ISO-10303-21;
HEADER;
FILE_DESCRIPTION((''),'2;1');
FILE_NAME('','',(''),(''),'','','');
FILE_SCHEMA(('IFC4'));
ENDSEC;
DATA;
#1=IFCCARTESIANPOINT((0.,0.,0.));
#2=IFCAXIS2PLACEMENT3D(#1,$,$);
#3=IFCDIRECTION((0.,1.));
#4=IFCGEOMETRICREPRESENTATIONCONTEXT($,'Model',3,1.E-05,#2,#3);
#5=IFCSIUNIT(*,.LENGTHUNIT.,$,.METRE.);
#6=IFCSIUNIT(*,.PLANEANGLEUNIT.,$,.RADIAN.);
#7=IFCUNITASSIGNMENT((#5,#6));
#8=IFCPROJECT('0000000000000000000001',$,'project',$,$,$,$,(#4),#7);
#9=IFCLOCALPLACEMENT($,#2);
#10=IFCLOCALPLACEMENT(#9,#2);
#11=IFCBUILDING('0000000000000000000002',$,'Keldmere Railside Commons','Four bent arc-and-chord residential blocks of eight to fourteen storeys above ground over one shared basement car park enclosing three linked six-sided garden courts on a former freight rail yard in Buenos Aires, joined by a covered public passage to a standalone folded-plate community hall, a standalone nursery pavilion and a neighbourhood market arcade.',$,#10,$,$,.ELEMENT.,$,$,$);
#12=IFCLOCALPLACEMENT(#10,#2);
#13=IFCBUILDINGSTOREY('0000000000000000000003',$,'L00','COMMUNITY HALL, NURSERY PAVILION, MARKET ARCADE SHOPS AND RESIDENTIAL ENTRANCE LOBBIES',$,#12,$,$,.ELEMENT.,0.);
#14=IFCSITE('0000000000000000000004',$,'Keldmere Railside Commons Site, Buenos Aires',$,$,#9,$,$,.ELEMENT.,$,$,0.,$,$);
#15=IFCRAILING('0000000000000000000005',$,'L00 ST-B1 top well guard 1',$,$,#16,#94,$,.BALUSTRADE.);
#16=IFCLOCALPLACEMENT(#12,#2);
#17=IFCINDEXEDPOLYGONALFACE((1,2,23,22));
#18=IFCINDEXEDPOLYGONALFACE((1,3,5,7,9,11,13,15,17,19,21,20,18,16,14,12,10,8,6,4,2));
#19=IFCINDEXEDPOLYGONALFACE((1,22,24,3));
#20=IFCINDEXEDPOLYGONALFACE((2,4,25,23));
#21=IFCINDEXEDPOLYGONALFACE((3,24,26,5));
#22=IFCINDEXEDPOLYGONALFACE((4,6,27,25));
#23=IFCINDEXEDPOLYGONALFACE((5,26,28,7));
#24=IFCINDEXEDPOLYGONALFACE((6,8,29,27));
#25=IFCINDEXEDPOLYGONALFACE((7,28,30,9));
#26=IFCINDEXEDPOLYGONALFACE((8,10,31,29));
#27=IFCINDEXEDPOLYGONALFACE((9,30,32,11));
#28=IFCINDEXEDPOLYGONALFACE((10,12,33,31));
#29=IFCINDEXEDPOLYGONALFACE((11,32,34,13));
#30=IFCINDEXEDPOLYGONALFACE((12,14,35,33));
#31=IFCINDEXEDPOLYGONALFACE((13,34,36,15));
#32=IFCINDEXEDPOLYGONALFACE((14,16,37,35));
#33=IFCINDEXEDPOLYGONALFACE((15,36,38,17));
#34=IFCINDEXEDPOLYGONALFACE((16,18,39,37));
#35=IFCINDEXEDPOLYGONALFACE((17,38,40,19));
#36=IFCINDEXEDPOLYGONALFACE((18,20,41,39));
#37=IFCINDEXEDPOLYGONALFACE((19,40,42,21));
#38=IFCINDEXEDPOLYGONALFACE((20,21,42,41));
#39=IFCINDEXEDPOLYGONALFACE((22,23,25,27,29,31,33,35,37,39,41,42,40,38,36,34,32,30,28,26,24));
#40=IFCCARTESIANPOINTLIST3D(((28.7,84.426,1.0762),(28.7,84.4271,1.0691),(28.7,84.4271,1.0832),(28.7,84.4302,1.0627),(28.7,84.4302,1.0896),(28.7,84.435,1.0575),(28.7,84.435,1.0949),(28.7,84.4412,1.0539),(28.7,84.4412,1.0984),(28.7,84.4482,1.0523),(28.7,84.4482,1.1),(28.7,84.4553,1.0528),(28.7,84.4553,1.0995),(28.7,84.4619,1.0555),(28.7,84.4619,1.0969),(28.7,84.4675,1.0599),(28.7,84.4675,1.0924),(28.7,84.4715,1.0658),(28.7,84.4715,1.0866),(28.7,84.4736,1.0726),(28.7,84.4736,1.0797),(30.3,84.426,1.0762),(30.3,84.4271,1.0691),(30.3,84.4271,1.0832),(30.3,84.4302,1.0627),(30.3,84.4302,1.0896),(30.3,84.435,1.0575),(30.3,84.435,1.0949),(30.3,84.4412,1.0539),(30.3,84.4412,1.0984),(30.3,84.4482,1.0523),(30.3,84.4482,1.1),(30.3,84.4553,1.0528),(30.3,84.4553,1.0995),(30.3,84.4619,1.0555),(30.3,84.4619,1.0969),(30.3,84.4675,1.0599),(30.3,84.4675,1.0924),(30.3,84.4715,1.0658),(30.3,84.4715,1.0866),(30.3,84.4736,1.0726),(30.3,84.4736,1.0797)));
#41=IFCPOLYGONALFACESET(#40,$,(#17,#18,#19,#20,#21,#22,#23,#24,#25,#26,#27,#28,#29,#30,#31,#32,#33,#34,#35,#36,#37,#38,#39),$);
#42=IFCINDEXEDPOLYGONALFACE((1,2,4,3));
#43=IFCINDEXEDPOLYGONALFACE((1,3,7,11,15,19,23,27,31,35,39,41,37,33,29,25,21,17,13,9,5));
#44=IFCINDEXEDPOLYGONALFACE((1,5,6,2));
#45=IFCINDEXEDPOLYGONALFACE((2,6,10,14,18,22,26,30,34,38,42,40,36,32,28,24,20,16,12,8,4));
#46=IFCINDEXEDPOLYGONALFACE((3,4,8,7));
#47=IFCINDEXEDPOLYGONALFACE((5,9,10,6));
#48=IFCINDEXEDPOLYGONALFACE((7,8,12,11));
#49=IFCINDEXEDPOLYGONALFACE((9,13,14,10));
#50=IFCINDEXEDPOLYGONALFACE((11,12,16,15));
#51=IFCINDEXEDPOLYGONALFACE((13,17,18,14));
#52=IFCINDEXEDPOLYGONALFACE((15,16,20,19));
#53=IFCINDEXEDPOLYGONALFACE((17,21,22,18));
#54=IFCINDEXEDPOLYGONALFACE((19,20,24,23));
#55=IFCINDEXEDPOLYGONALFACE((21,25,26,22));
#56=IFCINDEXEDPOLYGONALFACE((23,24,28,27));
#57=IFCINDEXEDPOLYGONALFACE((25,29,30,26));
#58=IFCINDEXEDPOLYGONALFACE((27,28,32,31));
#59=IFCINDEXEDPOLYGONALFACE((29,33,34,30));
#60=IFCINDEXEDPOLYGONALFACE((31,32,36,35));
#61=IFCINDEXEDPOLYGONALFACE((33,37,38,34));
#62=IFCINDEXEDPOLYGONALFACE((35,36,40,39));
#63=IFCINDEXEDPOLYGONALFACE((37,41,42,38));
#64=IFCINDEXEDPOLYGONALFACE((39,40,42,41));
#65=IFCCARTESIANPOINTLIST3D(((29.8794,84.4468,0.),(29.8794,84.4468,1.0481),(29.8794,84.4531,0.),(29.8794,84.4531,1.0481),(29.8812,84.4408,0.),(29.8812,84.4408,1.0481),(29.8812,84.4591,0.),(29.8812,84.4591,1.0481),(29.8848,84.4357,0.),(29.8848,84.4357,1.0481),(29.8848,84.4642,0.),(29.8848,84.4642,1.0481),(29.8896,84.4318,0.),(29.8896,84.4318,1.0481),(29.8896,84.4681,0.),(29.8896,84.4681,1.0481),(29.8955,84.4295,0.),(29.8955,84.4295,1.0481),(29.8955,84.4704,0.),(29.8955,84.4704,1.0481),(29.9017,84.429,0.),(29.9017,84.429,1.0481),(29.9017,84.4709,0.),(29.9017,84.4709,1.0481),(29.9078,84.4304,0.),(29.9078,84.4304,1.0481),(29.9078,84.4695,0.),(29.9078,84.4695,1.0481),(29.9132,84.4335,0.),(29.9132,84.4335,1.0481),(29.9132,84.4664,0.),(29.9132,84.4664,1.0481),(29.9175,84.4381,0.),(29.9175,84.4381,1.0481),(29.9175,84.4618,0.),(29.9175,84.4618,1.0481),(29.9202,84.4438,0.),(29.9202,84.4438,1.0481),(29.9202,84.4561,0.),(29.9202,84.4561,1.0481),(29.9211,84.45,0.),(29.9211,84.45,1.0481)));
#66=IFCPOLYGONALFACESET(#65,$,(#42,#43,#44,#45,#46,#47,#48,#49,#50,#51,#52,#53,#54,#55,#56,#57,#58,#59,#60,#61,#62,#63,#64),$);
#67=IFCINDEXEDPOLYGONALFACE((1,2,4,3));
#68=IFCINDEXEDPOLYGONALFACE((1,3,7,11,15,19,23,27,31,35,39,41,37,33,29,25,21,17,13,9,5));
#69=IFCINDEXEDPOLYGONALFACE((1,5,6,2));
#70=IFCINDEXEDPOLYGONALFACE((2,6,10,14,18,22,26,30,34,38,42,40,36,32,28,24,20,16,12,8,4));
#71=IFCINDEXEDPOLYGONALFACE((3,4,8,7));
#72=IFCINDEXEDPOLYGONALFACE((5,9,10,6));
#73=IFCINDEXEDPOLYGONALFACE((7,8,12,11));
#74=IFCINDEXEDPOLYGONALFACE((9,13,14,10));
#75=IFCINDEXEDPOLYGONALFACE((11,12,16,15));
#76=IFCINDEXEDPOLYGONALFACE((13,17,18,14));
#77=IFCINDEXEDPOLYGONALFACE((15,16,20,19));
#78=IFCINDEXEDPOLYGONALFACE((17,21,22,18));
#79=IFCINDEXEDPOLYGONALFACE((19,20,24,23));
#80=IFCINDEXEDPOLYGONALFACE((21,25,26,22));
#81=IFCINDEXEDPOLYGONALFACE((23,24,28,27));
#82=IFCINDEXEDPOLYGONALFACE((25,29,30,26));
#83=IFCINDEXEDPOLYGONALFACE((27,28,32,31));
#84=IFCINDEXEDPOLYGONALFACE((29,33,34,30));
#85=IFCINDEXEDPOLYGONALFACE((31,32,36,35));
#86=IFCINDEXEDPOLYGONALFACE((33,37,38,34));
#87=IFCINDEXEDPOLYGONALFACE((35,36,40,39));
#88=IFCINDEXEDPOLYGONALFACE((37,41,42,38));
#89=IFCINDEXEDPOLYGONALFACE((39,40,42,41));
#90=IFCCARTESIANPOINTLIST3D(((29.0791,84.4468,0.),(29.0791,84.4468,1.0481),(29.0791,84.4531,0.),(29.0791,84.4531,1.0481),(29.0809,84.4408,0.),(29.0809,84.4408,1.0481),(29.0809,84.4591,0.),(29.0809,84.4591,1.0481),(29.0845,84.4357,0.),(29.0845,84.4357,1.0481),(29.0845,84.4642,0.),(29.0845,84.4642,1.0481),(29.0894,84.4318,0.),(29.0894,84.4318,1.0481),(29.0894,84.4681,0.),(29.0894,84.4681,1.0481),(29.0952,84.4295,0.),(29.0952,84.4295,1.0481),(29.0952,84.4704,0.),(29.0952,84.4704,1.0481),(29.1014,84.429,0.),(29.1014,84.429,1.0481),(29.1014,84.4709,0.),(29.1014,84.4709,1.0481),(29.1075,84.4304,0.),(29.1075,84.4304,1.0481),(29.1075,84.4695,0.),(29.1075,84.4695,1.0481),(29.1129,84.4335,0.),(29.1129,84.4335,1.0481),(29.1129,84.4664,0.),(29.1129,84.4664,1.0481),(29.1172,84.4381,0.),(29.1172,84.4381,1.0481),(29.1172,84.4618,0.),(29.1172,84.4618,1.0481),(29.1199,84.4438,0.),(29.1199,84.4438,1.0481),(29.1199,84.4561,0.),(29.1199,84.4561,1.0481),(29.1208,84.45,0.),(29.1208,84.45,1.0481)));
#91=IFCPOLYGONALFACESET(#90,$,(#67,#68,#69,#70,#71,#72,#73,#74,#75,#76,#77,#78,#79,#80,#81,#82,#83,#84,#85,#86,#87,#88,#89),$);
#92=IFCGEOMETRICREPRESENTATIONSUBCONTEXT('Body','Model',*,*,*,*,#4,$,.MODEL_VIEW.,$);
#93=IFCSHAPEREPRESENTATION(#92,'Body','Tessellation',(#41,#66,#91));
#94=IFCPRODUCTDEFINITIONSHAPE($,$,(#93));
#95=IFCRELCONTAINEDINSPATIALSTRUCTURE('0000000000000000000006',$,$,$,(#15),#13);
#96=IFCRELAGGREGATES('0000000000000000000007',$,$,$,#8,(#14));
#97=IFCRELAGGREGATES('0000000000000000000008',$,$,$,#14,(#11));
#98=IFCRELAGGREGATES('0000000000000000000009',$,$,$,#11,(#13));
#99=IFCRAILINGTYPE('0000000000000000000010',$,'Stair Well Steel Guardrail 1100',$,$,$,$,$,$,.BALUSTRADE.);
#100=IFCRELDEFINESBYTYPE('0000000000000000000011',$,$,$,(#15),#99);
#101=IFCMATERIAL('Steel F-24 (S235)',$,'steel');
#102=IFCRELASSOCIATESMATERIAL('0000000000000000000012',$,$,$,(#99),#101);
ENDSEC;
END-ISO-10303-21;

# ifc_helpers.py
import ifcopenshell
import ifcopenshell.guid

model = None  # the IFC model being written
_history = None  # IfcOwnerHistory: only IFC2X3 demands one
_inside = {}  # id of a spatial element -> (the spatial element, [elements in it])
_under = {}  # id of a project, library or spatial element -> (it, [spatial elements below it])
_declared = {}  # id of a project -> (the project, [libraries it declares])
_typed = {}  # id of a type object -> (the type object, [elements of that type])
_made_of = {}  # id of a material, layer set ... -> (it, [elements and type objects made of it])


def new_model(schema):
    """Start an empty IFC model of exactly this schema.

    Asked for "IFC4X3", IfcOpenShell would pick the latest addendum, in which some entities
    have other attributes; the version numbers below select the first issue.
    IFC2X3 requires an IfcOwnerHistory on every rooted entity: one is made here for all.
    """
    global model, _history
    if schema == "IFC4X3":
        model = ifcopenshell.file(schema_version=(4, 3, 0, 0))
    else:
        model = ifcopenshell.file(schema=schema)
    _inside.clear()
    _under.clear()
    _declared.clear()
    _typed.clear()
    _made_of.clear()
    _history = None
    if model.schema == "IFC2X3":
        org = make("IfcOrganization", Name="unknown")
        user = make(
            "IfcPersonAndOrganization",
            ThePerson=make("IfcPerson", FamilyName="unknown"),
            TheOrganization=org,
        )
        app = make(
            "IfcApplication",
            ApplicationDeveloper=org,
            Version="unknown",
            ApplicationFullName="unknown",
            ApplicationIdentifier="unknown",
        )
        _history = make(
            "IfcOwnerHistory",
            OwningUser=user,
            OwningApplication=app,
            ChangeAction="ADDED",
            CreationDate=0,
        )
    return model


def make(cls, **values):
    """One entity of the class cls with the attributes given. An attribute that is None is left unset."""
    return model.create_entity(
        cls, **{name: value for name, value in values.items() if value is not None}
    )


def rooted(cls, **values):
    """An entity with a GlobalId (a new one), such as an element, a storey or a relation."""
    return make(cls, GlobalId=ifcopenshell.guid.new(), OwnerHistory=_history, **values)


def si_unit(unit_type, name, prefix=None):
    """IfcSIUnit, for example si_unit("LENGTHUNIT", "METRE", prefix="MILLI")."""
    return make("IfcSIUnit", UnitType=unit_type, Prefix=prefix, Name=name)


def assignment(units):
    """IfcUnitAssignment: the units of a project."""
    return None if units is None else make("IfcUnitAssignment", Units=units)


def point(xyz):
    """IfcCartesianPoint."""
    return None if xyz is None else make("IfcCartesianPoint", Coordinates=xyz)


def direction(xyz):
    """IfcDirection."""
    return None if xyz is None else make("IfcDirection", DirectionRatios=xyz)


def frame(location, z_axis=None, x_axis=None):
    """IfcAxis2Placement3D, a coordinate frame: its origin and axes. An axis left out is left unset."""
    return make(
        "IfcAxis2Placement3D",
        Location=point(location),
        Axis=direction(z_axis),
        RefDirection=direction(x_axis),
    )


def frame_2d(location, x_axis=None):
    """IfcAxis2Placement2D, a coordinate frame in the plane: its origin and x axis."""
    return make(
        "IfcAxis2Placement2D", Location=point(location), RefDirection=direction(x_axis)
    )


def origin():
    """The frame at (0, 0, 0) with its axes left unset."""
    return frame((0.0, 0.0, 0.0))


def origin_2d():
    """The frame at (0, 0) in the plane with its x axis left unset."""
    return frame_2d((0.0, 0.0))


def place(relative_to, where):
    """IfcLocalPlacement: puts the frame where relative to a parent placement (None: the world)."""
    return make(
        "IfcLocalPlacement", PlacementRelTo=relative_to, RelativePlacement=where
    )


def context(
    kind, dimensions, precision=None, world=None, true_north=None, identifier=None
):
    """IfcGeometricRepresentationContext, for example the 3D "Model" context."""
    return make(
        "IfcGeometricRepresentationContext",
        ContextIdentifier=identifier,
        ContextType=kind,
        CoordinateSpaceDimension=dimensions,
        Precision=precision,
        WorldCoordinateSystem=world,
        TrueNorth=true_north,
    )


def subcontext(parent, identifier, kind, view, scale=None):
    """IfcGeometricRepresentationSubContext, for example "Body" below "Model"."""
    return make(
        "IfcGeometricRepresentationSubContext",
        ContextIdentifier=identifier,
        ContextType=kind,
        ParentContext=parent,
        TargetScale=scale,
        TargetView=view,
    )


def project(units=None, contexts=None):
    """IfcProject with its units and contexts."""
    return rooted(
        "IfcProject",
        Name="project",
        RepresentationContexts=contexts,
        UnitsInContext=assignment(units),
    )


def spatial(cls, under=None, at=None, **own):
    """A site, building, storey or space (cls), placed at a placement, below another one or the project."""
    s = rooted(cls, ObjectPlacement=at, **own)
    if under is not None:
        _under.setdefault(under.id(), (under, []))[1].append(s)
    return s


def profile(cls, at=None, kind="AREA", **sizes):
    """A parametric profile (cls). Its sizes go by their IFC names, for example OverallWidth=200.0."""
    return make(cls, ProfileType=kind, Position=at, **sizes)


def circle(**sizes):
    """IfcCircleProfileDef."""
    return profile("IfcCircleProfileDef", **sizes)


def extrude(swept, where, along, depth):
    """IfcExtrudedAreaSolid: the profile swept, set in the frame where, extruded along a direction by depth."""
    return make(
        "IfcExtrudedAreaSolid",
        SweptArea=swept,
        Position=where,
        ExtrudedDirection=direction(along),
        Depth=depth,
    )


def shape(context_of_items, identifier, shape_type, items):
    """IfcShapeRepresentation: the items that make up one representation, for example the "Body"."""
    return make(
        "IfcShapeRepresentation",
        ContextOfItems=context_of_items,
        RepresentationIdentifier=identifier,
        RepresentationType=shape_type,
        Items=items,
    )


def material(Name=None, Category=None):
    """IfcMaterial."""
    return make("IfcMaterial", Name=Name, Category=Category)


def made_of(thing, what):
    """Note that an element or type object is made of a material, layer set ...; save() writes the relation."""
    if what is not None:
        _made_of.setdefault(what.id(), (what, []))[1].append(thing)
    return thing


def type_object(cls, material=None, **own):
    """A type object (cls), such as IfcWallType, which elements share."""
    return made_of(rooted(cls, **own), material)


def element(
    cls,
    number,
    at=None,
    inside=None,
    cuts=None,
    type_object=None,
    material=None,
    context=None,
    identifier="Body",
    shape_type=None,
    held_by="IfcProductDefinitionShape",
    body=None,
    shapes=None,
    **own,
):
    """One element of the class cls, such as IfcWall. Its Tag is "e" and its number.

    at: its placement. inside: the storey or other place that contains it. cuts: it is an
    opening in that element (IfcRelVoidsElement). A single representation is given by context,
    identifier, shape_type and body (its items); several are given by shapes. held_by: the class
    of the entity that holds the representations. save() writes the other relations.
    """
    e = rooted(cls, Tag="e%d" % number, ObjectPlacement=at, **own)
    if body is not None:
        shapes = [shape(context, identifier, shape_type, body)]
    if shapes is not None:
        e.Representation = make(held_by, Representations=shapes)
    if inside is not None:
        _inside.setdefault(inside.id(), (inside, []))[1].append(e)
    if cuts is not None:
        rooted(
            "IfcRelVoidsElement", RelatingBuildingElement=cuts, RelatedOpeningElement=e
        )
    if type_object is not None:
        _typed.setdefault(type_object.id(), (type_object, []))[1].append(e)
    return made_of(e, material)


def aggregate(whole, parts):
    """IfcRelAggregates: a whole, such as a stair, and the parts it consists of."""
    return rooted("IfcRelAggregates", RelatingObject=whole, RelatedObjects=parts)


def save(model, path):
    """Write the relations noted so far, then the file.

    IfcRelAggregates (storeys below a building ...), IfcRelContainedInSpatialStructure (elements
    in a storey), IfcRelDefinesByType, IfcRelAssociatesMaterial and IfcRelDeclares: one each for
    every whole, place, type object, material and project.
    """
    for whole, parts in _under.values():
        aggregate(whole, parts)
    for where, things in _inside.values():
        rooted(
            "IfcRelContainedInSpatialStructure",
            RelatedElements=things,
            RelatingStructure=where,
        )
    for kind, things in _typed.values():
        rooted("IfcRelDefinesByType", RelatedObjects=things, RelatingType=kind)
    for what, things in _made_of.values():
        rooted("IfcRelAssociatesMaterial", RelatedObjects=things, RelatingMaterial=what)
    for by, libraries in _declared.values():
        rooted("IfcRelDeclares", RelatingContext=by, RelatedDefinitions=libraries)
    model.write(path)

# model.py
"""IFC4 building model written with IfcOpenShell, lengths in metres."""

from ifc_helpers import new_model, si_unit, direction, frame, origin, origin_2d, place, context, subcontext, project, spatial, circle, extrude, material, type_object, element, save


model = new_model("IFC4")

# Units and contexts
model_context = context("Model", 3, precision=1e-05, world=origin(), true_north=direction((0.0, 1.0)))
body_context = subcontext(model_context, "Body", "Model", "MODEL_VIEW")
ifc_project = project(units=[si_unit("LENGTHUNIT", "METRE"), si_unit("PLANEANGLEUNIT", "RADIAN")], contexts=[model_context])

# Site, building, storey
site_placement = place(None, origin())
site = spatial("IfcSite", under=ifc_project, at=site_placement, Name="Keldmere Railside Commons Site, Buenos Aires", CompositionType="ELEMENT", RefElevation=0.0)
building_placement = place(site_placement, origin())
building = spatial("IfcBuilding", under=site, at=building_placement, Name="Keldmere Railside Commons", Description="Four bent arc-and-chord residential blocks of eight to fourteen storeys above ground over one shared basement car park enclosing three linked six-sided garden courts on a former freight rail yard in Buenos Aires, joined by a covered public passage to a standalone folded-plate community hall, a standalone nursery pavilion and a neighbourhood market arcade.", CompositionType="ELEMENT")
storey_placement = place(building_placement, origin())
storey = spatial("IfcBuildingStorey", under=building, at=storey_placement, Name="L00", Description="COMMUNITY HALL, NURSERY PAVILION, MARKET ARCADE SHOPS AND RESIDENTIAL ENTRANCE LOBBIES", CompositionType="ELEMENT", Elevation=0.0)

# Shared definitions
ifc_material_1 = material(Name="Steel F-24 (S235)", Category="steel")

# Railing
railing_type = type_object("IfcRailingType", Name="Stair Well Steel Guardrail 1100", PredefinedType="BALUSTRADE", material=ifc_material_1)
railing_1_placement = place(storey_placement, frame((30.3, 84.45, 0.0)))
element("IfcRailing", 1, at=railing_1_placement, inside=storey, type_object=railing_type, Name="L00 ST-B1 top well guard 1", PredefinedType="BALUSTRADE", context=body_context, shape_type="SweptSolid", body=[
    extrude(circle(Radius=0.0239, at=origin_2d()), frame((0.0, 0.0, 1.0762), z_axis=(-1.0, 0.0, 0.0), x_axis=(0.0, -1.0, 0.0)), (0.0, 0.0, 1.0), 1.6001),
    extrude(circle(Radius=0.021, at=origin_2d()), frame((-0.3999, 0.0, 0.0)), (0.0, 0.0, 1.0), 1.0481),
    extrude(circle(Radius=0.021, at=origin_2d()), frame((-1.2002, 0.0, 0.0)), (0.0, 0.0, 1.0), 1.0481),
])

save(model, "model.ifc")
